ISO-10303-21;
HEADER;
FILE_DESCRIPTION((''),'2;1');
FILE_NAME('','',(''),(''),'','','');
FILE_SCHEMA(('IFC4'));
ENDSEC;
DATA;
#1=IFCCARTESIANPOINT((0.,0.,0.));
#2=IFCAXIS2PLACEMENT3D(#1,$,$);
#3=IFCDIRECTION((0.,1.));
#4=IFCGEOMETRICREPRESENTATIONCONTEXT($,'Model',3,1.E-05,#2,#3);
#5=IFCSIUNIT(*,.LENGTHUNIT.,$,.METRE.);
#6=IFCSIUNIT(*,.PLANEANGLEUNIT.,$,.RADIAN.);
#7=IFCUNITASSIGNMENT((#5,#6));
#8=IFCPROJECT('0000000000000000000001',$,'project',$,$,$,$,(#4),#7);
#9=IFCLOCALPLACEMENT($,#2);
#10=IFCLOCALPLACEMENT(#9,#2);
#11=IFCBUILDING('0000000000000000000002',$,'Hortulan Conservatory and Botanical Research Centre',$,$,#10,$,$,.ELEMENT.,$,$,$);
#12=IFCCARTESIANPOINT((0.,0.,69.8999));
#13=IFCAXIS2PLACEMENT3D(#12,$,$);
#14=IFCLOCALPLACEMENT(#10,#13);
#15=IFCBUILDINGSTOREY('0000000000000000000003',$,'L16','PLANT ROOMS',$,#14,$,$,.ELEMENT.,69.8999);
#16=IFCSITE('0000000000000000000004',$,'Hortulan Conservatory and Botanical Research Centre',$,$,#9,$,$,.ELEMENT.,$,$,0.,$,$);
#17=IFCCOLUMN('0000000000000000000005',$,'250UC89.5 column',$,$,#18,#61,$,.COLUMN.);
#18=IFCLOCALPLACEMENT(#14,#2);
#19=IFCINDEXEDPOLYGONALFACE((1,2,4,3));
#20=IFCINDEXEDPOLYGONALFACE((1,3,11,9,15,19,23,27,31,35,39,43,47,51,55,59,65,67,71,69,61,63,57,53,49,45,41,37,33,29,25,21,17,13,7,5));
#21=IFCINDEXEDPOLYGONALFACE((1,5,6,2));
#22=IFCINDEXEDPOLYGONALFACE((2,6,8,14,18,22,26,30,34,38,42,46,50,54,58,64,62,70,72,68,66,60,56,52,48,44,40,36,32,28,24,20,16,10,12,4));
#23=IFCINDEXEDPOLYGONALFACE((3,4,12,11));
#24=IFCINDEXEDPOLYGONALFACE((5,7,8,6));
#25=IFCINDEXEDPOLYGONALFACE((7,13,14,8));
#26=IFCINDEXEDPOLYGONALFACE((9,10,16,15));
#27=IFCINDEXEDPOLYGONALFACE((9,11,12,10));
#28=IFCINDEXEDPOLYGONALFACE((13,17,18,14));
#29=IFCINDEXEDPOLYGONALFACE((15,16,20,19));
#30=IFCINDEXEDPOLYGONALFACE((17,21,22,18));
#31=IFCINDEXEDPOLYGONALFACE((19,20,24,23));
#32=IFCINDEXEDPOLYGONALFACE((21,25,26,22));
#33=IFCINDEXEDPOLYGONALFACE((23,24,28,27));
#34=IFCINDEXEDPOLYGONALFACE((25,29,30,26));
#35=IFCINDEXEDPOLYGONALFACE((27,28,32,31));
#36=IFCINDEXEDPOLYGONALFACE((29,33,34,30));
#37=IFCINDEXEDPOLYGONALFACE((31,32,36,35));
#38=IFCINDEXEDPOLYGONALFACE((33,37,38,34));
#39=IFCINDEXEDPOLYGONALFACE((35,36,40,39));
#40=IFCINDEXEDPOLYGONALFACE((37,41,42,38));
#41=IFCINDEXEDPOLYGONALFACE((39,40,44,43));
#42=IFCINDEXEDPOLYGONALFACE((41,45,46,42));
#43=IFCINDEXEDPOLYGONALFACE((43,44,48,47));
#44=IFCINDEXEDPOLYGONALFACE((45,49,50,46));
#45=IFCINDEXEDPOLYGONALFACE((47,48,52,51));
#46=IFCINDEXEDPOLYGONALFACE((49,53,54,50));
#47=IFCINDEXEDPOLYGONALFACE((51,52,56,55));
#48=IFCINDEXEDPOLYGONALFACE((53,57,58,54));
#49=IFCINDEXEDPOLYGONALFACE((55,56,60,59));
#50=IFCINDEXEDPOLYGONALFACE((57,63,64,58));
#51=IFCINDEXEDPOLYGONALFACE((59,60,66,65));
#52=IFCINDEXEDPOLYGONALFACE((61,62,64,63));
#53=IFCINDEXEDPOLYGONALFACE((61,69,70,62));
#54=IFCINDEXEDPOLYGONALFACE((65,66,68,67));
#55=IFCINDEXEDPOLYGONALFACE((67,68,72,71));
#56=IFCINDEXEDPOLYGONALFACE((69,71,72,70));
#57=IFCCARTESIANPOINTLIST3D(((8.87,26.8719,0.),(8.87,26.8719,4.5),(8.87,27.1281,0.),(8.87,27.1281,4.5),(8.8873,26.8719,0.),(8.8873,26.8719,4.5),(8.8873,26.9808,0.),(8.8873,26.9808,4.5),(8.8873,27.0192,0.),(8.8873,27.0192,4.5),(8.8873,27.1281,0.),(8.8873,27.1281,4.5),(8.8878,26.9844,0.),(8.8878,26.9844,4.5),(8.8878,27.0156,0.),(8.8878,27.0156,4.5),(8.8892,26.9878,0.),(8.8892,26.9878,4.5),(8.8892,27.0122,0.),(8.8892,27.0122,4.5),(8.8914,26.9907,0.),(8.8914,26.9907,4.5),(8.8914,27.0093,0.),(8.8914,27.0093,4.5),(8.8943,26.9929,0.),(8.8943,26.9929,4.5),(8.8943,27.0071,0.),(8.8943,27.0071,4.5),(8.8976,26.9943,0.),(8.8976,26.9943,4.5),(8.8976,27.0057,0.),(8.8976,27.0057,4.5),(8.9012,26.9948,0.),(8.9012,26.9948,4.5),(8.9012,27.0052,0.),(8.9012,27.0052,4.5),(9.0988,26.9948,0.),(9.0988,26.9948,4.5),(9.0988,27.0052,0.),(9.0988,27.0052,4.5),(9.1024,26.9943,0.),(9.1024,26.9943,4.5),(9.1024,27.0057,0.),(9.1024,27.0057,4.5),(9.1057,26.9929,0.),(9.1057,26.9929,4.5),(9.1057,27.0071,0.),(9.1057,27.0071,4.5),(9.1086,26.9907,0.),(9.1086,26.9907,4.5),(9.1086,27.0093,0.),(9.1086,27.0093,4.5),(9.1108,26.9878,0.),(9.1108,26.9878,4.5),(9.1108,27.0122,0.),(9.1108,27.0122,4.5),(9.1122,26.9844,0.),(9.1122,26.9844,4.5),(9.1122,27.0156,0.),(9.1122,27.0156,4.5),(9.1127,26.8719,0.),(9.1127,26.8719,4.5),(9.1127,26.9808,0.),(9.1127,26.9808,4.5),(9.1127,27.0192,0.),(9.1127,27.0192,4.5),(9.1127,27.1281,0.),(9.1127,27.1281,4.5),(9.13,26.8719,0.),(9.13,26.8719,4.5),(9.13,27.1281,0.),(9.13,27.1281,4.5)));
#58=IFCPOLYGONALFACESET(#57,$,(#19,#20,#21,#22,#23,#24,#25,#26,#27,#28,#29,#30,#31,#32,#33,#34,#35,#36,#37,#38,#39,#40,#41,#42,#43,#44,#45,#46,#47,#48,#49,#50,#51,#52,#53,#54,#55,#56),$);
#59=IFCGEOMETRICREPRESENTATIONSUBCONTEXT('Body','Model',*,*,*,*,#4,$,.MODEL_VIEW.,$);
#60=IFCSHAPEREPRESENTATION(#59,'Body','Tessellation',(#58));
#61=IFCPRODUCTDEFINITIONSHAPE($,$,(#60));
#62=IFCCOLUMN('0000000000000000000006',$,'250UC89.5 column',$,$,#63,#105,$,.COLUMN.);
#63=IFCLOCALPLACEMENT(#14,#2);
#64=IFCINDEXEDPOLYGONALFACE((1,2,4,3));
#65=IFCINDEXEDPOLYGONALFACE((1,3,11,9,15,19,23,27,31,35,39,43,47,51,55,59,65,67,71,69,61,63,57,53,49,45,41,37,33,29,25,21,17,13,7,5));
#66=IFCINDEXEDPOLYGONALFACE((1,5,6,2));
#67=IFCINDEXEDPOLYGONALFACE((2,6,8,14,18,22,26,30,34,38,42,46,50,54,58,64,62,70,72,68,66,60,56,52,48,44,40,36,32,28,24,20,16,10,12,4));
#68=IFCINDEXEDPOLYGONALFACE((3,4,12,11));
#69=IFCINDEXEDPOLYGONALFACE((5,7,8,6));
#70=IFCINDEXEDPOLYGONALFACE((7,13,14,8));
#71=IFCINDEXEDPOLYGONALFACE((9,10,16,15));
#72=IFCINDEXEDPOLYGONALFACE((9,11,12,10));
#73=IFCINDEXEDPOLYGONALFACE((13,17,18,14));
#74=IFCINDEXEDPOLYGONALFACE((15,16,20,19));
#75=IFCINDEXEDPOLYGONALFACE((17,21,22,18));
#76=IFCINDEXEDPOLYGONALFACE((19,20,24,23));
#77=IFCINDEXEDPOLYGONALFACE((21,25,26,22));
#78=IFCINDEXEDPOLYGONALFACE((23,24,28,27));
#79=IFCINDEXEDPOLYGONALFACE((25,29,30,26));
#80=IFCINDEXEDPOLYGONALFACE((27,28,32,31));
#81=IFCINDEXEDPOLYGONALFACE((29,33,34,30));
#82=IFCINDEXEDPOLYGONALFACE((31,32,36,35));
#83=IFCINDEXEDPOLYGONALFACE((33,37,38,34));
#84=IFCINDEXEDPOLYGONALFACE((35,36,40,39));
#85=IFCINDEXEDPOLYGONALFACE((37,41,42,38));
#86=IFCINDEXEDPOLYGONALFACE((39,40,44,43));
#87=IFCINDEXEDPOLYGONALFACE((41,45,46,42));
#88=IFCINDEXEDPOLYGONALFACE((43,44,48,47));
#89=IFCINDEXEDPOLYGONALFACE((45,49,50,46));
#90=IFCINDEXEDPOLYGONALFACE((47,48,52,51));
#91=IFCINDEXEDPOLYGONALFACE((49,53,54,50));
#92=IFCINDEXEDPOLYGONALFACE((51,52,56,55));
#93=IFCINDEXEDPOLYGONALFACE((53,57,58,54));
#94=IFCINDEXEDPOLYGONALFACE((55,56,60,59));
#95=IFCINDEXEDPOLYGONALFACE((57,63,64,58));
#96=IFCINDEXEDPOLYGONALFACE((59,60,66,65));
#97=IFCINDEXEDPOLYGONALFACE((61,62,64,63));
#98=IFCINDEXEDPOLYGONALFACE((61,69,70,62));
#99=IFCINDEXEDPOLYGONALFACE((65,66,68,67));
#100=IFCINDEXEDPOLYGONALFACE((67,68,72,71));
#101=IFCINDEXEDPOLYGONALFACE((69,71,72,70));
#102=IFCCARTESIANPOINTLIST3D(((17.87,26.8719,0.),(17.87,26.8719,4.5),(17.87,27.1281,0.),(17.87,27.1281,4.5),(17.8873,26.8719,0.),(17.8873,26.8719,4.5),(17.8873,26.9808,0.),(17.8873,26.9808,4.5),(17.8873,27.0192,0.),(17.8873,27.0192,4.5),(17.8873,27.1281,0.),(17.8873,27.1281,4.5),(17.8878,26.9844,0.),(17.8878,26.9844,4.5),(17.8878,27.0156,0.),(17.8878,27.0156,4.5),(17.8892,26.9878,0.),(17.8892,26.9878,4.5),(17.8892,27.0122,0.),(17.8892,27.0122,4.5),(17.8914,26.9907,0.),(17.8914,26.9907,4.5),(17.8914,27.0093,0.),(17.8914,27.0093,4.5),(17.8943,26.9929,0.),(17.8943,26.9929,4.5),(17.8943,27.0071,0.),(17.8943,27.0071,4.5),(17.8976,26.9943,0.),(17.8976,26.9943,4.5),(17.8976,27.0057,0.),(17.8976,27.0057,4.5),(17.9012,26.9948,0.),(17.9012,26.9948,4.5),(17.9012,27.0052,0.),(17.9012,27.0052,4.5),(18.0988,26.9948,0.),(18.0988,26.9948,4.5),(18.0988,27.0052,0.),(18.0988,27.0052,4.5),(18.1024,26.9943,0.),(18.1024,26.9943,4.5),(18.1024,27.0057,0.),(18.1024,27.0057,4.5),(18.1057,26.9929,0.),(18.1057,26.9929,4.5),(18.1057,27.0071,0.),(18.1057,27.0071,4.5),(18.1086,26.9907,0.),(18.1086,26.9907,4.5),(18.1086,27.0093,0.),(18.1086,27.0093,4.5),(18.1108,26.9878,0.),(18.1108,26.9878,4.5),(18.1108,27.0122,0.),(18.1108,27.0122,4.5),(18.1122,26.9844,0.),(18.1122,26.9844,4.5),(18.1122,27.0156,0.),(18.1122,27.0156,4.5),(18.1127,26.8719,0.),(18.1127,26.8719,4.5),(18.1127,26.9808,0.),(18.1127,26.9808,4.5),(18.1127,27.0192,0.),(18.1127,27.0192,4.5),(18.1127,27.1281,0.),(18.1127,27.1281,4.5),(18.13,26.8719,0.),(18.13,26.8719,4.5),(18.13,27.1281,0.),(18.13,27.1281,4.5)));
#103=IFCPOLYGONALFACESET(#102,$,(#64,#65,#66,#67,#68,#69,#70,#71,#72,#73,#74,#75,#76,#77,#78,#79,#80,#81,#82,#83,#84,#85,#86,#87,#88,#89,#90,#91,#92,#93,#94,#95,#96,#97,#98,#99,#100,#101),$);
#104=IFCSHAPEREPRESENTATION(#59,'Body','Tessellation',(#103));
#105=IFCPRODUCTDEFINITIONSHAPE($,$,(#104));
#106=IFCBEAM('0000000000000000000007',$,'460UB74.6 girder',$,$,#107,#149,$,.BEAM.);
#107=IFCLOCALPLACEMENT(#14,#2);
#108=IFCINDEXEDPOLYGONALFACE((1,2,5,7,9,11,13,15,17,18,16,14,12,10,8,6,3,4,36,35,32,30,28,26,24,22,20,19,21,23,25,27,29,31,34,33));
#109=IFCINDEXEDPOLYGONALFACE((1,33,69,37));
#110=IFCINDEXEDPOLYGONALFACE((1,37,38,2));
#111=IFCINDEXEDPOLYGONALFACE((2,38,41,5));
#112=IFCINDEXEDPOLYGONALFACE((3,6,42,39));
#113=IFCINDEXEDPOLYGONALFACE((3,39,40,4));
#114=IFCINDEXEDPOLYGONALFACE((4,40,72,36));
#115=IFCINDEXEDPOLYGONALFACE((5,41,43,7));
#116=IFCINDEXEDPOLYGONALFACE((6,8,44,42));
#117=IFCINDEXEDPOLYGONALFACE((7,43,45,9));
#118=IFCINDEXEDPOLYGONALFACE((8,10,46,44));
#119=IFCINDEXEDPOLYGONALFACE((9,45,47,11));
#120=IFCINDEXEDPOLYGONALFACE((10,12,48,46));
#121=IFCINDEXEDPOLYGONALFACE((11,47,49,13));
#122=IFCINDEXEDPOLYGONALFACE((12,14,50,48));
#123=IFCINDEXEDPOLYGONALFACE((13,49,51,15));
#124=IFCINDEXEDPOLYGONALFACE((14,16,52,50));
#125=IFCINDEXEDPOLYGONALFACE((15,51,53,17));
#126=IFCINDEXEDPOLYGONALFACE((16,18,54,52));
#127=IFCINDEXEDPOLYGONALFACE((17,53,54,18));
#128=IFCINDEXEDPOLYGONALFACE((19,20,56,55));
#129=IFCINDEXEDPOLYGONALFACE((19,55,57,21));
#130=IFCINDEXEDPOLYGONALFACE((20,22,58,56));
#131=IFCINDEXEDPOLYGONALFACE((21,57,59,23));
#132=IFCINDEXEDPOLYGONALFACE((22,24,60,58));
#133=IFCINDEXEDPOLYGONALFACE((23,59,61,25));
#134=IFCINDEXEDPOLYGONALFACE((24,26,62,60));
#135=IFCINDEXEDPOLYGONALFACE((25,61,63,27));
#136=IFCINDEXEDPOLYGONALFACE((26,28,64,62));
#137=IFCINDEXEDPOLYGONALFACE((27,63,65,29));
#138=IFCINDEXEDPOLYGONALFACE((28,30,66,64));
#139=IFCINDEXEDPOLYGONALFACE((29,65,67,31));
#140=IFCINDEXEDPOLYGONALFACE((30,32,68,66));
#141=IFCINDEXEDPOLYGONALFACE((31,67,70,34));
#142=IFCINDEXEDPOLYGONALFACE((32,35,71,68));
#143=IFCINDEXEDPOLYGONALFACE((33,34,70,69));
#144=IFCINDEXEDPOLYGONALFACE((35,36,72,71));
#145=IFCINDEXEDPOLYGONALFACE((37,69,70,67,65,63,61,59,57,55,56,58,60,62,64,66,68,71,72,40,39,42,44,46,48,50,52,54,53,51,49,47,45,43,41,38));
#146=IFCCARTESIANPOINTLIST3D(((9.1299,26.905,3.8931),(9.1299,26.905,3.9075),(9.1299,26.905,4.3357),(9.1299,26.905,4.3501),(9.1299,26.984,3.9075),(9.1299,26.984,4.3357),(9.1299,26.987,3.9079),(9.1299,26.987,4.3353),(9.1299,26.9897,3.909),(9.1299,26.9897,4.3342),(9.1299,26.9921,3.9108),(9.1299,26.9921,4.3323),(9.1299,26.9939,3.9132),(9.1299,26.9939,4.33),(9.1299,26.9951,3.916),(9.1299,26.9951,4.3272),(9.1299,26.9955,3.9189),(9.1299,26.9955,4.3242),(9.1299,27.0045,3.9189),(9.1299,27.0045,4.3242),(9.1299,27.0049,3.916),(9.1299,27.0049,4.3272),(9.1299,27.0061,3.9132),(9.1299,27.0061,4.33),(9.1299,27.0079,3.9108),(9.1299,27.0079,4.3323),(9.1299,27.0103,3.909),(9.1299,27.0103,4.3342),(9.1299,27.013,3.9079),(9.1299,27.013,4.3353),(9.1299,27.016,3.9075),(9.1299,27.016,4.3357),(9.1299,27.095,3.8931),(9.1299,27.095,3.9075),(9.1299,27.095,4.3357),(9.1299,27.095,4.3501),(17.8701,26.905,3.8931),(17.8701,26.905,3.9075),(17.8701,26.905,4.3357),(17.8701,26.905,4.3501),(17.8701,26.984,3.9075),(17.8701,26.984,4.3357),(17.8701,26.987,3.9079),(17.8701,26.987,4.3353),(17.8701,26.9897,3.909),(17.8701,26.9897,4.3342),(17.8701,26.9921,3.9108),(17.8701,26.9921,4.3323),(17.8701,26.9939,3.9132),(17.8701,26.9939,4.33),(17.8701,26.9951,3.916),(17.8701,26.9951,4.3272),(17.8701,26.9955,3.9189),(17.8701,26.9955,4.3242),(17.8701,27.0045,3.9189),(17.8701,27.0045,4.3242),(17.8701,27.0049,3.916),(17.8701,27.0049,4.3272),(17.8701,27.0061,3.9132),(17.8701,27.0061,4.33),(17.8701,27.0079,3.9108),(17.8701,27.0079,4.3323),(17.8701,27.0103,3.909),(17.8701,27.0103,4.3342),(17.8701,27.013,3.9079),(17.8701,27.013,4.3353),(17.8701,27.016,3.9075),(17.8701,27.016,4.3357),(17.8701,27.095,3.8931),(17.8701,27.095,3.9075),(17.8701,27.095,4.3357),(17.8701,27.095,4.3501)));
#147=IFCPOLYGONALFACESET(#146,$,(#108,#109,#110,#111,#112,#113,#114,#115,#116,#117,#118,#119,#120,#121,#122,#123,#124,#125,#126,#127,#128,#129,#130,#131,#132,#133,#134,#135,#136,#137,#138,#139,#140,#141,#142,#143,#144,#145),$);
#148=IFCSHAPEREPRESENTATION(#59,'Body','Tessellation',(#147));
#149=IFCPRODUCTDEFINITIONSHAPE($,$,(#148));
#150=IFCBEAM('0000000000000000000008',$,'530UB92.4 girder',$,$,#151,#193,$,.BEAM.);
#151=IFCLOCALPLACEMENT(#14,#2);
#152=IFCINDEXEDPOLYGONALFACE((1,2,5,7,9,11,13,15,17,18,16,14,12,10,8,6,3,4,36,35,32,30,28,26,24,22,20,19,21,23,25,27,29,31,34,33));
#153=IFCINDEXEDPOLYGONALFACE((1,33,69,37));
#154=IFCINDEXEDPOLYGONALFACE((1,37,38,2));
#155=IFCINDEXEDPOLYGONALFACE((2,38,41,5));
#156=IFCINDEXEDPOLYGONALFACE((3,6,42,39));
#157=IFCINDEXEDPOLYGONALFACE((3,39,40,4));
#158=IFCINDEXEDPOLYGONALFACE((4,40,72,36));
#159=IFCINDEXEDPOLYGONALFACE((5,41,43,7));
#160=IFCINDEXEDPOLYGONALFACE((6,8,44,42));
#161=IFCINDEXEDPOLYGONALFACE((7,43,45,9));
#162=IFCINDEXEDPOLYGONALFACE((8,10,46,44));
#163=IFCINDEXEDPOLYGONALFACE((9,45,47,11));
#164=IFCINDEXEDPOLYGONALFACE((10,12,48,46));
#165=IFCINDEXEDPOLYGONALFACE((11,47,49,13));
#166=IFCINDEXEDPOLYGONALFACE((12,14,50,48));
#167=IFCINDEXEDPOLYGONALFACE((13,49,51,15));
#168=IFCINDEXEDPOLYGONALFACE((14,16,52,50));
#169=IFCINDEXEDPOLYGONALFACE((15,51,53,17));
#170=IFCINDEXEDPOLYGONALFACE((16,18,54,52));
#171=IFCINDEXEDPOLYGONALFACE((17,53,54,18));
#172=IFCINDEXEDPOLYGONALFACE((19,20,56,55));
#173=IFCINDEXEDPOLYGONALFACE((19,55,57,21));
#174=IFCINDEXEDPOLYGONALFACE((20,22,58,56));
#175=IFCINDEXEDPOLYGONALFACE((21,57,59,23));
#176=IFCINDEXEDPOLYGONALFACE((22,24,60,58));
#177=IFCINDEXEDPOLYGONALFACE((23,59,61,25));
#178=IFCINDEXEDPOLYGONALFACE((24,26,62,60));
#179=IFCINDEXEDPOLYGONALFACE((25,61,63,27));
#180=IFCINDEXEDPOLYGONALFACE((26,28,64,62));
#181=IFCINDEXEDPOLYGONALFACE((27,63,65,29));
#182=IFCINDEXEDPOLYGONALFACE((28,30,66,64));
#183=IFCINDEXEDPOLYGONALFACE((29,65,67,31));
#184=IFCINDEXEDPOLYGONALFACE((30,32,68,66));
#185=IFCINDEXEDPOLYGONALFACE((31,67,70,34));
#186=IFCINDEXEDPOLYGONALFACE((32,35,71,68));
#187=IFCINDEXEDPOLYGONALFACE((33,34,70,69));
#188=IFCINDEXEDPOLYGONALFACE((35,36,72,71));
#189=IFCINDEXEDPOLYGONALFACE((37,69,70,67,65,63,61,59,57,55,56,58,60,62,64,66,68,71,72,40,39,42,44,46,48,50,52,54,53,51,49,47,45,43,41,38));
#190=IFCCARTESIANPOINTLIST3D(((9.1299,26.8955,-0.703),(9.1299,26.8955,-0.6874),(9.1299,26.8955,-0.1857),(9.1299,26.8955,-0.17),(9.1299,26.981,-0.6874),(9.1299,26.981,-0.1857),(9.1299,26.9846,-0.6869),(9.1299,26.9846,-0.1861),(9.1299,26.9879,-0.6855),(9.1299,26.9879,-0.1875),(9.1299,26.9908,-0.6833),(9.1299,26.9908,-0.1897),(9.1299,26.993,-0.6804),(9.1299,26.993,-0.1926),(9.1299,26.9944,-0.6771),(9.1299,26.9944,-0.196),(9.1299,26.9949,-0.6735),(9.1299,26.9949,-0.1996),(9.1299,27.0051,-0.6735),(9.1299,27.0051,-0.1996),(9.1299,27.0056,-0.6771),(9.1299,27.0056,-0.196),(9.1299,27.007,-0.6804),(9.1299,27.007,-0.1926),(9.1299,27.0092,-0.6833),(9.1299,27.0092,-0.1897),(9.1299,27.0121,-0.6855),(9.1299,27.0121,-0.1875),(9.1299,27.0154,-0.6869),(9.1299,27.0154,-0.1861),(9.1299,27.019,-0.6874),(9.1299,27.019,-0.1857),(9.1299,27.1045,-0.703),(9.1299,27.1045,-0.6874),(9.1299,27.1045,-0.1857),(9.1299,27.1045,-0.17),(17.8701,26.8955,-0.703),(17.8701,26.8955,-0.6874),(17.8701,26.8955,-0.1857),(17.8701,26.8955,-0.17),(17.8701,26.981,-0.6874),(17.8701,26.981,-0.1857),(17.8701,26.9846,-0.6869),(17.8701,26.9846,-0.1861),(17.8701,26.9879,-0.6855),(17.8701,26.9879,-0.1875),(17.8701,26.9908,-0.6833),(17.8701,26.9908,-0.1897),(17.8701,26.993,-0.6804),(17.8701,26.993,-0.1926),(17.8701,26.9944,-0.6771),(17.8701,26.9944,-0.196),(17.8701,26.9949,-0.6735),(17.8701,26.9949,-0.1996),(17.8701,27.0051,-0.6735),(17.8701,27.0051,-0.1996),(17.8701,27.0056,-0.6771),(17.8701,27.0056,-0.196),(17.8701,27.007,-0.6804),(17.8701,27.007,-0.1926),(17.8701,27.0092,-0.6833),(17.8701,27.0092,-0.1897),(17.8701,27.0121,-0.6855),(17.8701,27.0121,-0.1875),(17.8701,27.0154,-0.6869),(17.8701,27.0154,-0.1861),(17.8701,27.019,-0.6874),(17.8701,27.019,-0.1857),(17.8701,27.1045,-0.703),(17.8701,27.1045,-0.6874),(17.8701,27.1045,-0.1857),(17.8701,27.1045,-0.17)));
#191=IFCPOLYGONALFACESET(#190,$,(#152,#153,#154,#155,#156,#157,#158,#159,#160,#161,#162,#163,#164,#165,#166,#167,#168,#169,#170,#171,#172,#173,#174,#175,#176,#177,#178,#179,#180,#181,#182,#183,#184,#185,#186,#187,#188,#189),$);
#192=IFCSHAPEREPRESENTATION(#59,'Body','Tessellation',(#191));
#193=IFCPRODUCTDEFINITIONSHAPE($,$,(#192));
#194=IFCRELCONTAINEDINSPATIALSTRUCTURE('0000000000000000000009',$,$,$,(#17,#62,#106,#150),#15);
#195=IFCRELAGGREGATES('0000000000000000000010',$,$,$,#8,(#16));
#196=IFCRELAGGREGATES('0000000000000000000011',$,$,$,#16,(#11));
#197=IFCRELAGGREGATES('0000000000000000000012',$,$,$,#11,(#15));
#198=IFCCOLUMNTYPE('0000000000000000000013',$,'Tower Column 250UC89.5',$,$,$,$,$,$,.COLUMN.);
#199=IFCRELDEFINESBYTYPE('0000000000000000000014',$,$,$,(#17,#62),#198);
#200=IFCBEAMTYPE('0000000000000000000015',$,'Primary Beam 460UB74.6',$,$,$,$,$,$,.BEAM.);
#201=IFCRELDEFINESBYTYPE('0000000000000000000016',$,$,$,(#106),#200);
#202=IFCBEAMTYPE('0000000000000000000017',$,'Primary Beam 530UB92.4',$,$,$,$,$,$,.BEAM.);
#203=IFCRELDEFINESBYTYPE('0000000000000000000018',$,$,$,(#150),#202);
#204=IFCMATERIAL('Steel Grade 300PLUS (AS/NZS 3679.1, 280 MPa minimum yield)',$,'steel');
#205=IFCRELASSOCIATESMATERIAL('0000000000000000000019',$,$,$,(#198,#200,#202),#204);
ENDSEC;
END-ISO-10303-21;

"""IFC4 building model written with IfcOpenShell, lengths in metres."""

from ifc_helpers import new_model, si_unit, direction, frame, origin, origin_2d, place, context, subcontext, project, spatial, i_section, extrude, material, material_profile, profile_set, type_object, element, save


model = new_model("IFC4")

# Units and contexts
model_context = context("Model", 3, precision=1e-05, world=origin(), true_north=direction((0.0, 1.0)))
body_context = subcontext(model_context, "Body", "Model", "MODEL_VIEW")
ifc_project = project(units=[si_unit("LENGTHUNIT", "METRE"), si_unit("PLANEANGLEUNIT", "RADIAN")], contexts=[model_context])

# Site, building, storey
site_placement = place(None, origin())
site = spatial("IfcSite", under=ifc_project, at=site_placement, Name="Hortulan Conservatory and Botanical Research Centre", CompositionType="ELEMENT", RefElevation=0.0)
building_placement = place(site_placement, origin())
building = spatial("IfcBuilding", under=site, at=building_placement, Name="Hortulan Conservatory and Botanical Research Centre", CompositionType="ELEMENT")
storey_placement = place(building_placement, frame((0.0, 0.0, 69.8999)))
storey = spatial("IfcBuildingStorey", under=building, at=storey_placement, Name="L16", Description="PLANT ROOMS", CompositionType="ELEMENT", Elevation=69.8999)

# Columns
ifc_material_1 = material(Name="Steel Grade 300PLUS (AS/NZS 3679.1, 280 MPa minimum yield)", Category="steel")
ifc_material_profile_1 = material_profile(ifc_material_1, i_section(OverallWidth=0.2561, OverallDepth=0.26, WebThickness=0.0105, FlangeThickness=0.0173, FilletRadius=0.0139, at=origin_2d()), Name="250UC89.5")
ifc_profile_set_1 = profile_set([ifc_material_profile_1], Name="Steel Grade 300PLUS (AS/NZS 3679.1, 280 MPa minimum yield)")
column_type = type_object("IfcColumnType", Name="Tower Column 250UC89.5", PredefinedType="COLUMN", material=ifc_profile_set_1)
for number, where, z_axis, x_axis, name in (
    (1, (9.0, 27.0, 0.0), (0.0, 0.0, 1.0), (0.0, 1.0, 0.0), "250UC89.5 column"),
    (2, (18.0, 27.0, 0.0), (0.0, 0.0, 1.0), (0.0, 1.0, 0.0), "250UC89.5 column"),
):
    element("IfcColumn", number, at=place(storey_placement, frame(where, z_axis=z_axis, x_axis=x_axis)), inside=storey, type_object=column_type, Name=name, PredefinedType="COLUMN", context=body_context, shape_type="SweptSolid", body=[
        extrude(i_section(OverallWidth=0.2561, OverallDepth=0.26, WebThickness=0.0105, FlangeThickness=0.0173, FilletRadius=0.0139, at=origin_2d()), origin(), (0.0, 0.0, 1.0), 4.5),
    ])

# Beams
ifc_material_profile_2 = material_profile(ifc_material_1, i_section(OverallWidth=0.1899, OverallDepth=0.457, WebThickness=0.009, FlangeThickness=0.0144, FilletRadius=0.0115, at=origin_2d()), Name="460UB74.6")
ifc_profile_set_2 = profile_set([ifc_material_profile_2], Name="Steel Grade 300PLUS (AS/NZS 3679.1, 280 MPa minimum yield)")
beam_type_1 = type_object("IfcBeamType", Name="Primary Beam 460UB74.6", PredefinedType="BEAM", material=ifc_profile_set_2)
beam_1_placement = place(storey_placement, frame((9.1299, 27.0, 4.1216), z_axis=(1.0, 0.0, 0.0), x_axis=(0.0, 1.0, 0.0)))
element("IfcBeam", 3, at=beam_1_placement, inside=storey, type_object=beam_type_1, Name="460UB74.6 girder", PredefinedType="BEAM", context=body_context, shape_type="SweptSolid", body=[
    extrude(i_section(OverallWidth=0.1899, OverallDepth=0.457, WebThickness=0.009, FlangeThickness=0.0144, FilletRadius=0.0115, at=origin_2d()), origin(), (0.0, 0.0, 1.0), 8.7402),
])
ifc_material_profile_3 = material_profile(ifc_material_1, i_section(OverallWidth=0.209, OverallDepth=0.533, WebThickness=0.0103, FlangeThickness=0.0156, FilletRadius=0.0139, at=origin_2d()), Name="530UB92.4")
ifc_profile_set_3 = profile_set([ifc_material_profile_3], Name="Steel Grade 300PLUS (AS/NZS 3679.1, 280 MPa minimum yield)")
beam_type_2 = type_object("IfcBeamType", Name="Primary Beam 530UB92.4", PredefinedType="BEAM", material=ifc_profile_set_3)
beam_2_placement = place(storey_placement, frame((9.1299, 27.0, -0.4365), z_axis=(1.0, 0.0, 0.0), x_axis=(0.0, 1.0, 0.0)))
element("IfcBeam", 4, at=beam_2_placement, inside=storey, type_object=beam_type_2, Name="530UB92.4 girder", PredefinedType="BEAM", context=body_context, shape_type="SweptSolid", body=[
    extrude(i_section(OverallWidth=0.209, OverallDepth=0.533, WebThickness=0.0103, FlangeThickness=0.0156, FilletRadius=0.0139, at=origin_2d()), origin(), (0.0, 0.0, 1.0), 8.7402),
])

save(model, "model.ifc")
